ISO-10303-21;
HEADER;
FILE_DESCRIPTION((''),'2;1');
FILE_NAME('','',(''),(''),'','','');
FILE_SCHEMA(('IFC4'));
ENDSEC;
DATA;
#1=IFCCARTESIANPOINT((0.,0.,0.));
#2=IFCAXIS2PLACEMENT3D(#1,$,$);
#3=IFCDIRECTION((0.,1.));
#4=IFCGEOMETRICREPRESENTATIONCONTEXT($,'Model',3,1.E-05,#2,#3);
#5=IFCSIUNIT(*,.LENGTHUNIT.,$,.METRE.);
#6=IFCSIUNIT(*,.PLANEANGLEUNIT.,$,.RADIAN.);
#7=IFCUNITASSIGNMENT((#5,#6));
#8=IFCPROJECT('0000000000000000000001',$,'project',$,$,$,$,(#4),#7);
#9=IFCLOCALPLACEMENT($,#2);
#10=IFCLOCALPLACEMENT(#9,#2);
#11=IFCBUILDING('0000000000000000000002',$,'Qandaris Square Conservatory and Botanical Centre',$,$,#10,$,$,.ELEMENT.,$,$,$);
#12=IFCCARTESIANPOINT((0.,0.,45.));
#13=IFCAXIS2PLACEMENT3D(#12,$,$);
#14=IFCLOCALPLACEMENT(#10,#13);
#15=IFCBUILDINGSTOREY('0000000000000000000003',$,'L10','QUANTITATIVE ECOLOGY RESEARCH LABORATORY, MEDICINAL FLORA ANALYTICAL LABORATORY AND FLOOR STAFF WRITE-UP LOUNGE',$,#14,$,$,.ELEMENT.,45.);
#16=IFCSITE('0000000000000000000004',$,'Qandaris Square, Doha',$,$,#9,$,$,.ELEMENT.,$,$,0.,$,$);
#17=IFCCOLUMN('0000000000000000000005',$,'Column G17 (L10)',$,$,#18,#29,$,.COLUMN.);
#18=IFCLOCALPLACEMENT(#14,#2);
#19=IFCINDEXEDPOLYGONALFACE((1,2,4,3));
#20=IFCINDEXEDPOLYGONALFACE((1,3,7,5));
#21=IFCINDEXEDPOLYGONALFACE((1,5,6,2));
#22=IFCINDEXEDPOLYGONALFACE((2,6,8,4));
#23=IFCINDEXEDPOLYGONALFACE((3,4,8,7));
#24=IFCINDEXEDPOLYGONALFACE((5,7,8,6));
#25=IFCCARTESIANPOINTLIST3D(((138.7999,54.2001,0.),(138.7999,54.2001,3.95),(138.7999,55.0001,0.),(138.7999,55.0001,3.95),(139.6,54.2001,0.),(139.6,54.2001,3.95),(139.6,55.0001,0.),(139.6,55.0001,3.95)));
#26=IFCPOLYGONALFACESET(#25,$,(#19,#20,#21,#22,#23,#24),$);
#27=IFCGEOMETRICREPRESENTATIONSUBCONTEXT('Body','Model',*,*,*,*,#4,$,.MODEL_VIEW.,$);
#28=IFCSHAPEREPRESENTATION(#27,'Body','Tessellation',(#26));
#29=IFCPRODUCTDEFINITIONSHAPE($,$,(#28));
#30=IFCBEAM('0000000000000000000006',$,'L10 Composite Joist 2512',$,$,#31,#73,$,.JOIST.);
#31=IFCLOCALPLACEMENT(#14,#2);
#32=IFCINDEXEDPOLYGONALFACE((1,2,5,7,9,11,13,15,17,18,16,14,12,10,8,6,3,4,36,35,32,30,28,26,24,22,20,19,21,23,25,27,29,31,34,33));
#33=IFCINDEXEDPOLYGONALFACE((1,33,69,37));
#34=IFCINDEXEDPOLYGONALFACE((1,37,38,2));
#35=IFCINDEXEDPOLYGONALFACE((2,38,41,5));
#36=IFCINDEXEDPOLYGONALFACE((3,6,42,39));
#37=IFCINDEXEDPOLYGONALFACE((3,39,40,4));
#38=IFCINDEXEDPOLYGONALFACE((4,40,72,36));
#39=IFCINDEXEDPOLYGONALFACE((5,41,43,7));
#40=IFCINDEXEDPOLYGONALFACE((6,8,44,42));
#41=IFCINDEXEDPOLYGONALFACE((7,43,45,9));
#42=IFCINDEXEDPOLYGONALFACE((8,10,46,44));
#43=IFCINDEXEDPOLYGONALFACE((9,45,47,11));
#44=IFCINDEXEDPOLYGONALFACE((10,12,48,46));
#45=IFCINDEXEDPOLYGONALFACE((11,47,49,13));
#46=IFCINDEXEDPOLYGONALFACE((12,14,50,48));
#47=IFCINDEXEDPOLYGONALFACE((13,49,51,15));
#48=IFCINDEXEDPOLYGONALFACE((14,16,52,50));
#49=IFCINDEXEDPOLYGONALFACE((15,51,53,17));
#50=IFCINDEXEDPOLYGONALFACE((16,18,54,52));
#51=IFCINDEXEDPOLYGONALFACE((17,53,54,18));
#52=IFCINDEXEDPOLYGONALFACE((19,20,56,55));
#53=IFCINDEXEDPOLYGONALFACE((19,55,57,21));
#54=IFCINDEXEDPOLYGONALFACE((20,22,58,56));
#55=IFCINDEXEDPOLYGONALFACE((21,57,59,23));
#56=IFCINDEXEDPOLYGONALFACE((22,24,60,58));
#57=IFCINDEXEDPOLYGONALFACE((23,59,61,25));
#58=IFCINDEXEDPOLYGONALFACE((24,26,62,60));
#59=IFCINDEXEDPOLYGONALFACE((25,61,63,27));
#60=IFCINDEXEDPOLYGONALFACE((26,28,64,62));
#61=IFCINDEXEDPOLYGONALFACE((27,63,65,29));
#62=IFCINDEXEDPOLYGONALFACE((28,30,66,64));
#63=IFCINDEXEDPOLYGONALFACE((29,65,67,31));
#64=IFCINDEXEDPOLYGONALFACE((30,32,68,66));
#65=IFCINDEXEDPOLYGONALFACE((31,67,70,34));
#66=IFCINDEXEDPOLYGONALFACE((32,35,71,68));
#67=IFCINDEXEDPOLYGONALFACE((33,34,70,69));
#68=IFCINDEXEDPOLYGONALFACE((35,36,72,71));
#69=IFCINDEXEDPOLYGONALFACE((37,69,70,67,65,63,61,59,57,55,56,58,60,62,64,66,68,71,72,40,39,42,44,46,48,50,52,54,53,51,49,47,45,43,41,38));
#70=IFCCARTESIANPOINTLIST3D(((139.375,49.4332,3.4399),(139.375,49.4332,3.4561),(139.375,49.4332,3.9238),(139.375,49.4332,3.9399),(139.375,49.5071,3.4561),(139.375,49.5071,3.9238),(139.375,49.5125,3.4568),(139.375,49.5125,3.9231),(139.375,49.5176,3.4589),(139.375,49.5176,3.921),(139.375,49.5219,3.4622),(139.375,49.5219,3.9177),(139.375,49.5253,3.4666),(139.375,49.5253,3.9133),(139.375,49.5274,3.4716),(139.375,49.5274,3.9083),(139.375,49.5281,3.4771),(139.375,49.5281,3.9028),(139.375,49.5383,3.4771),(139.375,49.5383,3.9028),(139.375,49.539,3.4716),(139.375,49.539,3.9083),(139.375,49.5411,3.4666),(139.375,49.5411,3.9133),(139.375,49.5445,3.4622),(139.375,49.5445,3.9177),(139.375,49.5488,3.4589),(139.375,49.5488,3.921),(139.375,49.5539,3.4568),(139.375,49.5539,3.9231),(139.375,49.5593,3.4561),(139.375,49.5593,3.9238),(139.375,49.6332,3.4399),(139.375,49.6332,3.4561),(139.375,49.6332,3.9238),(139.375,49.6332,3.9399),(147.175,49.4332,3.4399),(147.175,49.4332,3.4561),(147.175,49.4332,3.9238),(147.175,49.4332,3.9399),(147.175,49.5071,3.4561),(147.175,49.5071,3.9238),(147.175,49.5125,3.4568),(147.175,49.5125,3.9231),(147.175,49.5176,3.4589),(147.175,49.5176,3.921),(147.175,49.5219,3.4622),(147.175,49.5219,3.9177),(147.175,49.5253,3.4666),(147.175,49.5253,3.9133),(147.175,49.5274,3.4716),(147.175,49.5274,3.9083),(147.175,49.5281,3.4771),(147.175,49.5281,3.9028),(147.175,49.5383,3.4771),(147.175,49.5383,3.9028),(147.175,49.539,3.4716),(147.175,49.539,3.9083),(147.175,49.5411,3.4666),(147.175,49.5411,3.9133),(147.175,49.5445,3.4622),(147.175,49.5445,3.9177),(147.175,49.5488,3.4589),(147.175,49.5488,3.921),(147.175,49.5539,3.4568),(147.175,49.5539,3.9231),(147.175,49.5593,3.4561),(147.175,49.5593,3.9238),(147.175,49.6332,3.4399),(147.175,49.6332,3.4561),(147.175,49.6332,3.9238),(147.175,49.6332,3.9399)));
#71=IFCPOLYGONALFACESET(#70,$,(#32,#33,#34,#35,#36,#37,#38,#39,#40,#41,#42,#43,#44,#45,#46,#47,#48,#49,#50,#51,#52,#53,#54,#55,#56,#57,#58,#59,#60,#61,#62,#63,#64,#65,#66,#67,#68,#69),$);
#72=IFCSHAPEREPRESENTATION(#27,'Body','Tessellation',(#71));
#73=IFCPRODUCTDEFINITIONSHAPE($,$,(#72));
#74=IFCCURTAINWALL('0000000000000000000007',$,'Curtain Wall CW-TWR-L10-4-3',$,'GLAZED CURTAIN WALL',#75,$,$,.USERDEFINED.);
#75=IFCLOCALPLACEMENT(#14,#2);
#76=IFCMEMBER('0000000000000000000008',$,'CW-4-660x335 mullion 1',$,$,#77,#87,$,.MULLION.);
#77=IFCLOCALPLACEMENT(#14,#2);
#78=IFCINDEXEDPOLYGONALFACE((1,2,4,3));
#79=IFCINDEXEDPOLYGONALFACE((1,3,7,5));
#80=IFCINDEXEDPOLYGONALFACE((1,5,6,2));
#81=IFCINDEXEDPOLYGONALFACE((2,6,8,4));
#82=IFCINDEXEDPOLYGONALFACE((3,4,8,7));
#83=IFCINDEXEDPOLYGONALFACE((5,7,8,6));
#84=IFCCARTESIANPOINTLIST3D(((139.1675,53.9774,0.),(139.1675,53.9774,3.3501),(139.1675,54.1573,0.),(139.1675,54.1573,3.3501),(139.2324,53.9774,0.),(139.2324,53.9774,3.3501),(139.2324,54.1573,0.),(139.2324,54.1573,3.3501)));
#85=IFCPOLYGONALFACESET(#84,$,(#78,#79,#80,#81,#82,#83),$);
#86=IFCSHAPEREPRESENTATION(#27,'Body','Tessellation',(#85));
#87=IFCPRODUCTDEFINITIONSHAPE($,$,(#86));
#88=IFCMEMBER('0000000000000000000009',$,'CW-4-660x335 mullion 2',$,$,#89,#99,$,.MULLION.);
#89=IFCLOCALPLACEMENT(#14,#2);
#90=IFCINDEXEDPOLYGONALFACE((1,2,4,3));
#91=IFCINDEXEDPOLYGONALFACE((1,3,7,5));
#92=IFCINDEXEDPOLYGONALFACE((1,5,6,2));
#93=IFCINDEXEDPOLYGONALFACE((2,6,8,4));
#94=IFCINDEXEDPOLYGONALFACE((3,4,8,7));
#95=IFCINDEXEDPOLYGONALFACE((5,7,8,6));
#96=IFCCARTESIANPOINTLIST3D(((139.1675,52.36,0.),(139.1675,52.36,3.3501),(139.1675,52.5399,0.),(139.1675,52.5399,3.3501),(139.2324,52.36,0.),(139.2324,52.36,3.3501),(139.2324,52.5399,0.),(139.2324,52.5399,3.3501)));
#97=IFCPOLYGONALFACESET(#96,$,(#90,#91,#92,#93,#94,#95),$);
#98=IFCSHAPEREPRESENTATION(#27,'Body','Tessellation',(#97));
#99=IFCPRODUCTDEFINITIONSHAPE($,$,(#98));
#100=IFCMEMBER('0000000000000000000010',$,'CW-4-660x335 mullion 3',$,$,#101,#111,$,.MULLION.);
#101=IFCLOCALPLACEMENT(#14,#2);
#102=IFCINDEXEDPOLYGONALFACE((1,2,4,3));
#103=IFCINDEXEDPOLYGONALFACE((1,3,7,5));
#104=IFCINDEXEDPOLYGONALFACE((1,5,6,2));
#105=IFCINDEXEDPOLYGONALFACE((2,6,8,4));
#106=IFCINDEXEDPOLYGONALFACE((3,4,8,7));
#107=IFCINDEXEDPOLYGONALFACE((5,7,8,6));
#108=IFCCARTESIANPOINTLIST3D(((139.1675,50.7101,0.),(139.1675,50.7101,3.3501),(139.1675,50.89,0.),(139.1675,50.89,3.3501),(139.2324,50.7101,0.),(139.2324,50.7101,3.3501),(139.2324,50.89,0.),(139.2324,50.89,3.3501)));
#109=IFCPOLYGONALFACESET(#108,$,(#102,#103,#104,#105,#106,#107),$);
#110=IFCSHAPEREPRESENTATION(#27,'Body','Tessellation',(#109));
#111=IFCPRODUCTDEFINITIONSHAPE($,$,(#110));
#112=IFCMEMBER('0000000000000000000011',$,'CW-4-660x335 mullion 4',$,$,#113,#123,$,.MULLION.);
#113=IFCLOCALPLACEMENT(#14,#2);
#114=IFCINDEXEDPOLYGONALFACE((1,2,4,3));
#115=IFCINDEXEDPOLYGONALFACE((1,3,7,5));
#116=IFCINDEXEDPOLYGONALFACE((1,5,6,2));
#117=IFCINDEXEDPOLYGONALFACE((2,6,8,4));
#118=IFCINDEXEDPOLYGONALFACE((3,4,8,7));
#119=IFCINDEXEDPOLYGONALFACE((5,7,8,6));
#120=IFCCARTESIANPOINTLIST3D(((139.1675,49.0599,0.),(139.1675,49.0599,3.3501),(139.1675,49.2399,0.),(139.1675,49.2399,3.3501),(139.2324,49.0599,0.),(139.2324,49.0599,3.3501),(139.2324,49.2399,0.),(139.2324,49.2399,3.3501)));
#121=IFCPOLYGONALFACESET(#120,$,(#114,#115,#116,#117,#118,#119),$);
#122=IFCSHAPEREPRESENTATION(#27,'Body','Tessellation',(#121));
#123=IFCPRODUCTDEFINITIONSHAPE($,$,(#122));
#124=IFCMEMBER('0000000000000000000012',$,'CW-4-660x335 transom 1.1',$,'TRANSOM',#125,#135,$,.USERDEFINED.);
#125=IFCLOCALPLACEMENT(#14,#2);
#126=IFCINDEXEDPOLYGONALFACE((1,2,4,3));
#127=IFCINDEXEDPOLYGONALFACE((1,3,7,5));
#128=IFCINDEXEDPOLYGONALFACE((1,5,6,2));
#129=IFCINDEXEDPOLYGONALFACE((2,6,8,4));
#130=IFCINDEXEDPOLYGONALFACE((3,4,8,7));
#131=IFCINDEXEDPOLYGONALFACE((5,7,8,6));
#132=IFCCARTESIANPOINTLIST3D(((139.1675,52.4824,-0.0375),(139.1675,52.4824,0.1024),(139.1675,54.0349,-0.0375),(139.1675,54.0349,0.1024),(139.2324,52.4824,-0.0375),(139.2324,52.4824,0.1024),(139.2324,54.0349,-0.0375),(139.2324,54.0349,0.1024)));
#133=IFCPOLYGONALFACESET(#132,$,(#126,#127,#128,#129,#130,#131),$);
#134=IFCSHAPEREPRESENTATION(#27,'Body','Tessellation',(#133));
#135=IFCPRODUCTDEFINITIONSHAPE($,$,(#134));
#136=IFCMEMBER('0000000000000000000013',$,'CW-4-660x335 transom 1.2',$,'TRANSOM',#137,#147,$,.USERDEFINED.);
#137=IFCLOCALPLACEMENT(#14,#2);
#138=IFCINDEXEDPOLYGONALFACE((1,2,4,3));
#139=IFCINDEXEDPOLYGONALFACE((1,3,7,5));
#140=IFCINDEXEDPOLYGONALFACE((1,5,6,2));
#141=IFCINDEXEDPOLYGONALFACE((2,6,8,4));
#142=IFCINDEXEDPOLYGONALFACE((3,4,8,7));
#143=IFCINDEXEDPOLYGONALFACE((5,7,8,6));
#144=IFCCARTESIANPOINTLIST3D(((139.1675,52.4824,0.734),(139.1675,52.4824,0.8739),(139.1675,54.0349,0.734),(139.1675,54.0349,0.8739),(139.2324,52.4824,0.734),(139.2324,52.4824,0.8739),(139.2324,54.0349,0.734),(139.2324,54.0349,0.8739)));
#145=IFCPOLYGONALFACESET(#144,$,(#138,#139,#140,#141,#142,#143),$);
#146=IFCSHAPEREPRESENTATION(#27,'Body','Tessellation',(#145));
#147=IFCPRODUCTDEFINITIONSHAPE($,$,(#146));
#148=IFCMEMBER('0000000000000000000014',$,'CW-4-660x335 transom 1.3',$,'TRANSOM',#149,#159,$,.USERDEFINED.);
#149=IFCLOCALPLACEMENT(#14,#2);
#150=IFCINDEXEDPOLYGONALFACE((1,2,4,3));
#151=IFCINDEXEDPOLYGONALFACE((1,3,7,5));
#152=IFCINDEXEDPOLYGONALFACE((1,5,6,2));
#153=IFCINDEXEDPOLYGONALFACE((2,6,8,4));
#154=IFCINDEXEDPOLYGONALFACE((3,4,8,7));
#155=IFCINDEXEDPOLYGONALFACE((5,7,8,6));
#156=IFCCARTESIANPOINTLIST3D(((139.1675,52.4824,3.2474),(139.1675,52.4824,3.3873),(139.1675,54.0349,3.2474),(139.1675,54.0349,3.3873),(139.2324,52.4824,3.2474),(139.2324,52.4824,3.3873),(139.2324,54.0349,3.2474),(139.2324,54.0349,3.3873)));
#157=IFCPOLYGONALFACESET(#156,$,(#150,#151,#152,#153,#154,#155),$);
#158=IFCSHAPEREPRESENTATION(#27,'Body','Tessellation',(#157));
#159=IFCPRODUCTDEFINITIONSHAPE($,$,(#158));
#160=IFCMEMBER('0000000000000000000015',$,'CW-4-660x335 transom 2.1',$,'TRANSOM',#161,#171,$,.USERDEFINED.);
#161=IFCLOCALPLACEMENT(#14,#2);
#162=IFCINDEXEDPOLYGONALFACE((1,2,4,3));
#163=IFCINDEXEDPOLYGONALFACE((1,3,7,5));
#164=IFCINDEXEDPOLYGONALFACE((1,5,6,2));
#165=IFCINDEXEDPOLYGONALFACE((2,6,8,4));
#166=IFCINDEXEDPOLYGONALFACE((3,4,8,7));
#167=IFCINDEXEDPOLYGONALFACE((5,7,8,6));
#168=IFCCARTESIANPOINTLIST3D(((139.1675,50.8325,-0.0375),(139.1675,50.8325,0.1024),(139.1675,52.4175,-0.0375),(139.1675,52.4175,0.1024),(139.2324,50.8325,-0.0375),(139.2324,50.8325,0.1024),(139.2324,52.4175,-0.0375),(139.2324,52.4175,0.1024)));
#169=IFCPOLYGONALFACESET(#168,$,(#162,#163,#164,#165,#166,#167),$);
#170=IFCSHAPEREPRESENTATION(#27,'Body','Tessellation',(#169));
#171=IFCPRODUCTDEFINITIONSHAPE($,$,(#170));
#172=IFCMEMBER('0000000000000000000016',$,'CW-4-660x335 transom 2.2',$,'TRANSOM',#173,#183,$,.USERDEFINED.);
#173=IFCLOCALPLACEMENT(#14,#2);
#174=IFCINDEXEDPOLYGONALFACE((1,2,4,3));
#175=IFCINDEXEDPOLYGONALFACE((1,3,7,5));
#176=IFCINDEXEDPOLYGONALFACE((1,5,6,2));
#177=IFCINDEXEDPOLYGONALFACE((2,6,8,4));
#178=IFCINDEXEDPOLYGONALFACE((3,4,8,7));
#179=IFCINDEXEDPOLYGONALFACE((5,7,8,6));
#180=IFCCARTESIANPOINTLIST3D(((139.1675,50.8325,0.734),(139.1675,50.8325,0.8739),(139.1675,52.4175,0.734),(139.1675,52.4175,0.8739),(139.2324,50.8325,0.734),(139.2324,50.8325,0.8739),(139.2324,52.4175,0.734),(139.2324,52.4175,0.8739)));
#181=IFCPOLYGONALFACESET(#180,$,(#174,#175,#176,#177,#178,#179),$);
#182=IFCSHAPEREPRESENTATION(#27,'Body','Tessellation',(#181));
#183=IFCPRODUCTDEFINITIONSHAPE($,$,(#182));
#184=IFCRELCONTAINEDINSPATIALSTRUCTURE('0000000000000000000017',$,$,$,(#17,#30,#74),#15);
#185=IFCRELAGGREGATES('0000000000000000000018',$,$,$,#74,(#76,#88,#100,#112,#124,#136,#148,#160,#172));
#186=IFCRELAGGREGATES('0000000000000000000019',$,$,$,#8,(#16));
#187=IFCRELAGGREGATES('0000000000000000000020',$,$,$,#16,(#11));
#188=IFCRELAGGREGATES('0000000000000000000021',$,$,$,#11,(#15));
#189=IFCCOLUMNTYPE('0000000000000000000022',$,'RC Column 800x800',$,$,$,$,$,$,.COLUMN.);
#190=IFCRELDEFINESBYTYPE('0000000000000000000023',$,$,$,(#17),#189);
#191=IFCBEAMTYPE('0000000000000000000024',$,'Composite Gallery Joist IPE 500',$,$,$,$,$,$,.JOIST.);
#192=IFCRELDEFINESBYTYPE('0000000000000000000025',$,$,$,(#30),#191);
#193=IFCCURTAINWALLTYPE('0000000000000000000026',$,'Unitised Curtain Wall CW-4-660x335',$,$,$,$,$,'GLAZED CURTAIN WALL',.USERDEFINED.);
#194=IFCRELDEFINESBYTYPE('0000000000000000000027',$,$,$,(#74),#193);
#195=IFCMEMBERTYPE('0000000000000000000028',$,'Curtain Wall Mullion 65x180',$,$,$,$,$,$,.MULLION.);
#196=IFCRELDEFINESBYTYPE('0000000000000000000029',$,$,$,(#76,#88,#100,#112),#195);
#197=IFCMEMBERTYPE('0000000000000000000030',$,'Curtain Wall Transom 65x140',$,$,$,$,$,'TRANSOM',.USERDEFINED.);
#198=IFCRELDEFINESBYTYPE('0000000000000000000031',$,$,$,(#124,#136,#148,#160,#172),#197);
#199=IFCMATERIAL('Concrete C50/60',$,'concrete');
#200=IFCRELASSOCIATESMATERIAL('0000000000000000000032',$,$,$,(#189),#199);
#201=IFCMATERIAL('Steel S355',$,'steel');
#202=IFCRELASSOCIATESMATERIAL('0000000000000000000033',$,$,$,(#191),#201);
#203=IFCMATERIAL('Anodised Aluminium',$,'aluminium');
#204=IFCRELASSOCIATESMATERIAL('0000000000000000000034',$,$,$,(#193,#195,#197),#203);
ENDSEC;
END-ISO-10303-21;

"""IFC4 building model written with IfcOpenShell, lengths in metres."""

from ifc_helpers import new_model, si_unit, direction, frame, origin, origin_2d, place, context, subcontext, project, spatial, rectangle, i_section, extrude, material, material_profile, profile_set, type_object, element, aggregate, save


model = new_model("IFC4")

# Units and contexts
model_context = context("Model", 3, precision=1e-05, world=origin(), true_north=direction((0.0, 1.0)))
body_context = subcontext(model_context, "Body", "Model", "MODEL_VIEW")
ifc_project = project(units=[si_unit("LENGTHUNIT", "METRE"), si_unit("PLANEANGLEUNIT", "RADIAN")], contexts=[model_context])

# Site, building, storey
site_placement = place(None, origin())
site = spatial("IfcSite", under=ifc_project, at=site_placement, Name="Qandaris Square, Doha", CompositionType="ELEMENT", RefElevation=0.0)
building_placement = place(site_placement, origin())
building = spatial("IfcBuilding", under=site, at=building_placement, Name="Qandaris Square Conservatory and Botanical Centre", CompositionType="ELEMENT")
storey_placement = place(building_placement, frame((0.0, 0.0, 45.0)))
storey = spatial("IfcBuildingStorey", under=building, at=storey_placement, Name="L10", Description="QUANTITATIVE ECOLOGY RESEARCH LABORATORY, MEDICINAL FLORA ANALYTICAL LABORATORY AND FLOOR STAFF WRITE-UP LOUNGE", CompositionType="ELEMENT", Elevation=45.0)

# Column
ifc_material_1 = material(Name="Concrete C50/60", Category="concrete")
ifc_material_profile_1 = material_profile(ifc_material_1, rectangle(XDim=0.8, YDim=0.8, at=origin_2d()), Name="RC-COL 800x800")
ifc_profile_set_1 = profile_set([ifc_material_profile_1], Name="Concrete C50/60")
column_type = type_object("IfcColumnType", Name="RC Column 800x800", PredefinedType="COLUMN", material=ifc_profile_set_1)
column_placement = place(storey_placement, frame((139.2, 54.6001, 0.0), z_axis=(0.0, 0.0, 1.0), x_axis=(1.0, 0.0, 0.0)))
element("IfcColumn", 1, at=column_placement, inside=storey, type_object=column_type, Name="Column G17 (L10)", PredefinedType="COLUMN", context=body_context, shape_type="SweptSolid", body=[
    extrude(rectangle(XDim=0.8, YDim=0.8, at=origin_2d()), origin(), (0.0, 0.0, 1.0), 3.95),
])

# Beam
ifc_material_2 = material(Name="Steel S355", Category="steel")
ifc_material_profile_2 = material_profile(ifc_material_2, i_section(OverallWidth=0.2, OverallDepth=0.5, WebThickness=0.0103, FlangeThickness=0.0161, FilletRadius=0.021, at=origin_2d()), Name="IPE 500")
ifc_profile_set_2 = profile_set([ifc_material_profile_2], Name="Steel S355")
beam_type_1 = type_object("IfcBeamType", Name="Composite Gallery Joist IPE 500", PredefinedType="JOIST", material=ifc_profile_set_2)
beam_1_placement = place(storey_placement, frame((139.375, 49.5332, 3.6899), z_axis=(1.0, 0.0, 0.0), x_axis=(0.0, 1.0, 0.0)))
element("IfcBeam", 2, at=beam_1_placement, inside=storey, type_object=beam_type_1, Name="L10 Composite Joist 2512", PredefinedType="JOIST", context=body_context, shape_type="SweptSolid", body=[
    extrude(i_section(OverallWidth=0.2, OverallDepth=0.5, WebThickness=0.0103, FlangeThickness=0.0161, FilletRadius=0.021, at=origin_2d()), origin(), (0.0, 0.0, 1.0), 7.8),
])

# Curtain wall, members
ifc_material_3 = material(Name="Anodised Aluminium", Category="aluminium")
curtain_wall_type = type_object("IfcCurtainWallType", Name="Unitised Curtain Wall CW-4-660x335", ElementType="GLAZED CURTAIN WALL", PredefinedType="USERDEFINED", material=ifc_material_3)
curtain_wall_placement = place(storey_placement, origin())
curtain_wall = element("IfcCurtainWall", 3, at=curtain_wall_placement, inside=storey, type_object=curtain_wall_type, Name="Curtain Wall CW-TWR-L10-4-3", ObjectType="GLAZED CURTAIN WALL", PredefinedType="USERDEFINED")
ifc_material_profile_3 = material_profile(ifc_material_3, rectangle(XDim=0.0649, YDim=0.1799, at=origin_2d()), Name="ALU-MUL 65x180")
ifc_profile_set_3 = profile_set([ifc_material_profile_3], Name="Anodised Aluminium")
member_type_1 = type_object("IfcMemberType", Name="Curtain Wall Mullion 65x180", PredefinedType="MULLION", material=ifc_profile_set_3)
member_1_placement = place(storey_placement, frame((139.2, 54.0674, 0.0), z_axis=(0.0, 0.0, 1.0), x_axis=(1.0, 0.0, 0.0)))
member_1 = element("IfcMember", 4, at=member_1_placement, type_object=member_type_1, Name="CW-4-660x335 mullion 1", PredefinedType="MULLION", context=body_context, shape_type="SweptSolid", body=[
    extrude(rectangle(XDim=0.0649, YDim=0.1799, at=origin_2d()), origin(), (0.0, 0.0, 1.0), 3.3501),
])
member_2_placement = place(storey_placement, frame((139.2, 52.45, 0.0), z_axis=(0.0, 0.0, 1.0), x_axis=(1.0, 0.0, 0.0)))
member_2 = element("IfcMember", 5, at=member_2_placement, type_object=member_type_1, Name="CW-4-660x335 mullion 2", PredefinedType="MULLION", context=body_context, shape_type="SweptSolid", body=[
    extrude(rectangle(XDim=0.0649, YDim=0.1799, at=origin_2d()), origin(), (0.0, 0.0, 1.0), 3.3501),
])
member_3_placement = place(storey_placement, frame((139.2, 50.8, 0.0), z_axis=(0.0, 0.0, 1.0), x_axis=(1.0, 0.0, 0.0)))
member_3 = element("IfcMember", 6, at=member_3_placement, type_object=member_type_1, Name="CW-4-660x335 mullion 3", PredefinedType="MULLION", context=body_context, shape_type="SweptSolid", body=[
    extrude(rectangle(XDim=0.0649, YDim=0.1799, at=origin_2d()), origin(), (0.0, 0.0, 1.0), 3.3501),
])
member_4_placement = place(storey_placement, frame((139.2, 49.1499, 0.0), z_axis=(0.0, 0.0, 1.0), x_axis=(1.0, 0.0, 0.0)))
member_4 = element("IfcMember", 7, at=member_4_placement, type_object=member_type_1, Name="CW-4-660x335 mullion 4", PredefinedType="MULLION", context=body_context, shape_type="SweptSolid", body=[
    extrude(rectangle(XDim=0.0649, YDim=0.1799, at=origin_2d()), origin(), (0.0, 0.0, 1.0), 3.3501),
])
ifc_material_profile_4 = material_profile(ifc_material_3, rectangle(XDim=0.0649, YDim=0.1399, at=origin_2d()), Name="ALU-TRN 65x140")
ifc_profile_set_4 = profile_set([ifc_material_profile_4], Name="Anodised Aluminium")
member_type_2 = type_object("IfcMemberType", Name="Curtain Wall Transom 65x140", ElementType="TRANSOM", PredefinedType="USERDEFINED", material=ifc_profile_set_4)
member_5_placement = place(storey_placement, frame((139.2, 54.0349, 0.0325), z_axis=(0.0, -1.0, 0.0), x_axis=(1.0, 0.0, 0.0)))
member_5 = element("IfcMember", 8, at=member_5_placement, type_object=member_type_2, Name="CW-4-660x335 transom 1.1", ObjectType="TRANSOM", PredefinedType="USERDEFINED", context=body_context, shape_type="SweptSolid", body=[
    extrude(rectangle(XDim=0.0649, YDim=0.1399, at=origin_2d()), origin(), (0.0, 0.0, 1.0), 1.5525),
])
member_6_placement = place(storey_placement, frame((139.2, 54.0349, 0.804), z_axis=(0.0, -1.0, 0.0), x_axis=(1.0, 0.0, 0.0)))
member_6 = element("IfcMember", 9, at=member_6_placement, type_object=member_type_2, Name="CW-4-660x335 transom 1.2", ObjectType="TRANSOM", PredefinedType="USERDEFINED", context=body_context, shape_type="SweptSolid", body=[
    extrude(rectangle(XDim=0.0649, YDim=0.1399, at=origin_2d()), origin(), (0.0, 0.0, 1.0), 1.5525),
])
member_7_placement = place(storey_placement, frame((139.2, 54.0349, 3.3174), z_axis=(0.0, -1.0, 0.0), x_axis=(1.0, 0.0, 0.0)))
member_7 = element("IfcMember", 10, at=member_7_placement, type_object=member_type_2, Name="CW-4-660x335 transom 1.3", ObjectType="TRANSOM", PredefinedType="USERDEFINED", context=body_context, shape_type="SweptSolid", body=[
    extrude(rectangle(XDim=0.0649, YDim=0.1399, at=origin_2d()), origin(), (0.0, 0.0, 1.0), 1.5525),
])
member_8_placement = place(storey_placement, frame((139.2, 52.4175, 0.0325), z_axis=(0.0, -1.0, 0.0), x_axis=(1.0, 0.0, 0.0)))
member_8 = element("IfcMember", 11, at=member_8_placement, type_object=member_type_2, Name="CW-4-660x335 transom 2.1", ObjectType="TRANSOM", PredefinedType="USERDEFINED", context=body_context, shape_type="SweptSolid", body=[
    extrude(rectangle(XDim=0.0649, YDim=0.1399, at=origin_2d()), origin(), (0.0, 0.0, 1.0), 1.585),
])
member_9_placement = place(storey_placement, frame((139.2, 52.4175, 0.804), z_axis=(0.0, -1.0, 0.0), x_axis=(1.0, 0.0, 0.0)))
member_9 = element("IfcMember", 12, at=member_9_placement, type_object=member_type_2, Name="CW-4-660x335 transom 2.2", ObjectType="TRANSOM", PredefinedType="USERDEFINED", context=body_context, shape_type="SweptSolid", body=[
    extrude(rectangle(XDim=0.0649, YDim=0.1399, at=origin_2d()), origin(), (0.0, 0.0, 1.0), 1.585),
])

aggregate(curtain_wall, [member_1, member_2, member_3, member_4, member_5, member_6, member_7, member_8, member_9])

save(model, "model.ifc")
